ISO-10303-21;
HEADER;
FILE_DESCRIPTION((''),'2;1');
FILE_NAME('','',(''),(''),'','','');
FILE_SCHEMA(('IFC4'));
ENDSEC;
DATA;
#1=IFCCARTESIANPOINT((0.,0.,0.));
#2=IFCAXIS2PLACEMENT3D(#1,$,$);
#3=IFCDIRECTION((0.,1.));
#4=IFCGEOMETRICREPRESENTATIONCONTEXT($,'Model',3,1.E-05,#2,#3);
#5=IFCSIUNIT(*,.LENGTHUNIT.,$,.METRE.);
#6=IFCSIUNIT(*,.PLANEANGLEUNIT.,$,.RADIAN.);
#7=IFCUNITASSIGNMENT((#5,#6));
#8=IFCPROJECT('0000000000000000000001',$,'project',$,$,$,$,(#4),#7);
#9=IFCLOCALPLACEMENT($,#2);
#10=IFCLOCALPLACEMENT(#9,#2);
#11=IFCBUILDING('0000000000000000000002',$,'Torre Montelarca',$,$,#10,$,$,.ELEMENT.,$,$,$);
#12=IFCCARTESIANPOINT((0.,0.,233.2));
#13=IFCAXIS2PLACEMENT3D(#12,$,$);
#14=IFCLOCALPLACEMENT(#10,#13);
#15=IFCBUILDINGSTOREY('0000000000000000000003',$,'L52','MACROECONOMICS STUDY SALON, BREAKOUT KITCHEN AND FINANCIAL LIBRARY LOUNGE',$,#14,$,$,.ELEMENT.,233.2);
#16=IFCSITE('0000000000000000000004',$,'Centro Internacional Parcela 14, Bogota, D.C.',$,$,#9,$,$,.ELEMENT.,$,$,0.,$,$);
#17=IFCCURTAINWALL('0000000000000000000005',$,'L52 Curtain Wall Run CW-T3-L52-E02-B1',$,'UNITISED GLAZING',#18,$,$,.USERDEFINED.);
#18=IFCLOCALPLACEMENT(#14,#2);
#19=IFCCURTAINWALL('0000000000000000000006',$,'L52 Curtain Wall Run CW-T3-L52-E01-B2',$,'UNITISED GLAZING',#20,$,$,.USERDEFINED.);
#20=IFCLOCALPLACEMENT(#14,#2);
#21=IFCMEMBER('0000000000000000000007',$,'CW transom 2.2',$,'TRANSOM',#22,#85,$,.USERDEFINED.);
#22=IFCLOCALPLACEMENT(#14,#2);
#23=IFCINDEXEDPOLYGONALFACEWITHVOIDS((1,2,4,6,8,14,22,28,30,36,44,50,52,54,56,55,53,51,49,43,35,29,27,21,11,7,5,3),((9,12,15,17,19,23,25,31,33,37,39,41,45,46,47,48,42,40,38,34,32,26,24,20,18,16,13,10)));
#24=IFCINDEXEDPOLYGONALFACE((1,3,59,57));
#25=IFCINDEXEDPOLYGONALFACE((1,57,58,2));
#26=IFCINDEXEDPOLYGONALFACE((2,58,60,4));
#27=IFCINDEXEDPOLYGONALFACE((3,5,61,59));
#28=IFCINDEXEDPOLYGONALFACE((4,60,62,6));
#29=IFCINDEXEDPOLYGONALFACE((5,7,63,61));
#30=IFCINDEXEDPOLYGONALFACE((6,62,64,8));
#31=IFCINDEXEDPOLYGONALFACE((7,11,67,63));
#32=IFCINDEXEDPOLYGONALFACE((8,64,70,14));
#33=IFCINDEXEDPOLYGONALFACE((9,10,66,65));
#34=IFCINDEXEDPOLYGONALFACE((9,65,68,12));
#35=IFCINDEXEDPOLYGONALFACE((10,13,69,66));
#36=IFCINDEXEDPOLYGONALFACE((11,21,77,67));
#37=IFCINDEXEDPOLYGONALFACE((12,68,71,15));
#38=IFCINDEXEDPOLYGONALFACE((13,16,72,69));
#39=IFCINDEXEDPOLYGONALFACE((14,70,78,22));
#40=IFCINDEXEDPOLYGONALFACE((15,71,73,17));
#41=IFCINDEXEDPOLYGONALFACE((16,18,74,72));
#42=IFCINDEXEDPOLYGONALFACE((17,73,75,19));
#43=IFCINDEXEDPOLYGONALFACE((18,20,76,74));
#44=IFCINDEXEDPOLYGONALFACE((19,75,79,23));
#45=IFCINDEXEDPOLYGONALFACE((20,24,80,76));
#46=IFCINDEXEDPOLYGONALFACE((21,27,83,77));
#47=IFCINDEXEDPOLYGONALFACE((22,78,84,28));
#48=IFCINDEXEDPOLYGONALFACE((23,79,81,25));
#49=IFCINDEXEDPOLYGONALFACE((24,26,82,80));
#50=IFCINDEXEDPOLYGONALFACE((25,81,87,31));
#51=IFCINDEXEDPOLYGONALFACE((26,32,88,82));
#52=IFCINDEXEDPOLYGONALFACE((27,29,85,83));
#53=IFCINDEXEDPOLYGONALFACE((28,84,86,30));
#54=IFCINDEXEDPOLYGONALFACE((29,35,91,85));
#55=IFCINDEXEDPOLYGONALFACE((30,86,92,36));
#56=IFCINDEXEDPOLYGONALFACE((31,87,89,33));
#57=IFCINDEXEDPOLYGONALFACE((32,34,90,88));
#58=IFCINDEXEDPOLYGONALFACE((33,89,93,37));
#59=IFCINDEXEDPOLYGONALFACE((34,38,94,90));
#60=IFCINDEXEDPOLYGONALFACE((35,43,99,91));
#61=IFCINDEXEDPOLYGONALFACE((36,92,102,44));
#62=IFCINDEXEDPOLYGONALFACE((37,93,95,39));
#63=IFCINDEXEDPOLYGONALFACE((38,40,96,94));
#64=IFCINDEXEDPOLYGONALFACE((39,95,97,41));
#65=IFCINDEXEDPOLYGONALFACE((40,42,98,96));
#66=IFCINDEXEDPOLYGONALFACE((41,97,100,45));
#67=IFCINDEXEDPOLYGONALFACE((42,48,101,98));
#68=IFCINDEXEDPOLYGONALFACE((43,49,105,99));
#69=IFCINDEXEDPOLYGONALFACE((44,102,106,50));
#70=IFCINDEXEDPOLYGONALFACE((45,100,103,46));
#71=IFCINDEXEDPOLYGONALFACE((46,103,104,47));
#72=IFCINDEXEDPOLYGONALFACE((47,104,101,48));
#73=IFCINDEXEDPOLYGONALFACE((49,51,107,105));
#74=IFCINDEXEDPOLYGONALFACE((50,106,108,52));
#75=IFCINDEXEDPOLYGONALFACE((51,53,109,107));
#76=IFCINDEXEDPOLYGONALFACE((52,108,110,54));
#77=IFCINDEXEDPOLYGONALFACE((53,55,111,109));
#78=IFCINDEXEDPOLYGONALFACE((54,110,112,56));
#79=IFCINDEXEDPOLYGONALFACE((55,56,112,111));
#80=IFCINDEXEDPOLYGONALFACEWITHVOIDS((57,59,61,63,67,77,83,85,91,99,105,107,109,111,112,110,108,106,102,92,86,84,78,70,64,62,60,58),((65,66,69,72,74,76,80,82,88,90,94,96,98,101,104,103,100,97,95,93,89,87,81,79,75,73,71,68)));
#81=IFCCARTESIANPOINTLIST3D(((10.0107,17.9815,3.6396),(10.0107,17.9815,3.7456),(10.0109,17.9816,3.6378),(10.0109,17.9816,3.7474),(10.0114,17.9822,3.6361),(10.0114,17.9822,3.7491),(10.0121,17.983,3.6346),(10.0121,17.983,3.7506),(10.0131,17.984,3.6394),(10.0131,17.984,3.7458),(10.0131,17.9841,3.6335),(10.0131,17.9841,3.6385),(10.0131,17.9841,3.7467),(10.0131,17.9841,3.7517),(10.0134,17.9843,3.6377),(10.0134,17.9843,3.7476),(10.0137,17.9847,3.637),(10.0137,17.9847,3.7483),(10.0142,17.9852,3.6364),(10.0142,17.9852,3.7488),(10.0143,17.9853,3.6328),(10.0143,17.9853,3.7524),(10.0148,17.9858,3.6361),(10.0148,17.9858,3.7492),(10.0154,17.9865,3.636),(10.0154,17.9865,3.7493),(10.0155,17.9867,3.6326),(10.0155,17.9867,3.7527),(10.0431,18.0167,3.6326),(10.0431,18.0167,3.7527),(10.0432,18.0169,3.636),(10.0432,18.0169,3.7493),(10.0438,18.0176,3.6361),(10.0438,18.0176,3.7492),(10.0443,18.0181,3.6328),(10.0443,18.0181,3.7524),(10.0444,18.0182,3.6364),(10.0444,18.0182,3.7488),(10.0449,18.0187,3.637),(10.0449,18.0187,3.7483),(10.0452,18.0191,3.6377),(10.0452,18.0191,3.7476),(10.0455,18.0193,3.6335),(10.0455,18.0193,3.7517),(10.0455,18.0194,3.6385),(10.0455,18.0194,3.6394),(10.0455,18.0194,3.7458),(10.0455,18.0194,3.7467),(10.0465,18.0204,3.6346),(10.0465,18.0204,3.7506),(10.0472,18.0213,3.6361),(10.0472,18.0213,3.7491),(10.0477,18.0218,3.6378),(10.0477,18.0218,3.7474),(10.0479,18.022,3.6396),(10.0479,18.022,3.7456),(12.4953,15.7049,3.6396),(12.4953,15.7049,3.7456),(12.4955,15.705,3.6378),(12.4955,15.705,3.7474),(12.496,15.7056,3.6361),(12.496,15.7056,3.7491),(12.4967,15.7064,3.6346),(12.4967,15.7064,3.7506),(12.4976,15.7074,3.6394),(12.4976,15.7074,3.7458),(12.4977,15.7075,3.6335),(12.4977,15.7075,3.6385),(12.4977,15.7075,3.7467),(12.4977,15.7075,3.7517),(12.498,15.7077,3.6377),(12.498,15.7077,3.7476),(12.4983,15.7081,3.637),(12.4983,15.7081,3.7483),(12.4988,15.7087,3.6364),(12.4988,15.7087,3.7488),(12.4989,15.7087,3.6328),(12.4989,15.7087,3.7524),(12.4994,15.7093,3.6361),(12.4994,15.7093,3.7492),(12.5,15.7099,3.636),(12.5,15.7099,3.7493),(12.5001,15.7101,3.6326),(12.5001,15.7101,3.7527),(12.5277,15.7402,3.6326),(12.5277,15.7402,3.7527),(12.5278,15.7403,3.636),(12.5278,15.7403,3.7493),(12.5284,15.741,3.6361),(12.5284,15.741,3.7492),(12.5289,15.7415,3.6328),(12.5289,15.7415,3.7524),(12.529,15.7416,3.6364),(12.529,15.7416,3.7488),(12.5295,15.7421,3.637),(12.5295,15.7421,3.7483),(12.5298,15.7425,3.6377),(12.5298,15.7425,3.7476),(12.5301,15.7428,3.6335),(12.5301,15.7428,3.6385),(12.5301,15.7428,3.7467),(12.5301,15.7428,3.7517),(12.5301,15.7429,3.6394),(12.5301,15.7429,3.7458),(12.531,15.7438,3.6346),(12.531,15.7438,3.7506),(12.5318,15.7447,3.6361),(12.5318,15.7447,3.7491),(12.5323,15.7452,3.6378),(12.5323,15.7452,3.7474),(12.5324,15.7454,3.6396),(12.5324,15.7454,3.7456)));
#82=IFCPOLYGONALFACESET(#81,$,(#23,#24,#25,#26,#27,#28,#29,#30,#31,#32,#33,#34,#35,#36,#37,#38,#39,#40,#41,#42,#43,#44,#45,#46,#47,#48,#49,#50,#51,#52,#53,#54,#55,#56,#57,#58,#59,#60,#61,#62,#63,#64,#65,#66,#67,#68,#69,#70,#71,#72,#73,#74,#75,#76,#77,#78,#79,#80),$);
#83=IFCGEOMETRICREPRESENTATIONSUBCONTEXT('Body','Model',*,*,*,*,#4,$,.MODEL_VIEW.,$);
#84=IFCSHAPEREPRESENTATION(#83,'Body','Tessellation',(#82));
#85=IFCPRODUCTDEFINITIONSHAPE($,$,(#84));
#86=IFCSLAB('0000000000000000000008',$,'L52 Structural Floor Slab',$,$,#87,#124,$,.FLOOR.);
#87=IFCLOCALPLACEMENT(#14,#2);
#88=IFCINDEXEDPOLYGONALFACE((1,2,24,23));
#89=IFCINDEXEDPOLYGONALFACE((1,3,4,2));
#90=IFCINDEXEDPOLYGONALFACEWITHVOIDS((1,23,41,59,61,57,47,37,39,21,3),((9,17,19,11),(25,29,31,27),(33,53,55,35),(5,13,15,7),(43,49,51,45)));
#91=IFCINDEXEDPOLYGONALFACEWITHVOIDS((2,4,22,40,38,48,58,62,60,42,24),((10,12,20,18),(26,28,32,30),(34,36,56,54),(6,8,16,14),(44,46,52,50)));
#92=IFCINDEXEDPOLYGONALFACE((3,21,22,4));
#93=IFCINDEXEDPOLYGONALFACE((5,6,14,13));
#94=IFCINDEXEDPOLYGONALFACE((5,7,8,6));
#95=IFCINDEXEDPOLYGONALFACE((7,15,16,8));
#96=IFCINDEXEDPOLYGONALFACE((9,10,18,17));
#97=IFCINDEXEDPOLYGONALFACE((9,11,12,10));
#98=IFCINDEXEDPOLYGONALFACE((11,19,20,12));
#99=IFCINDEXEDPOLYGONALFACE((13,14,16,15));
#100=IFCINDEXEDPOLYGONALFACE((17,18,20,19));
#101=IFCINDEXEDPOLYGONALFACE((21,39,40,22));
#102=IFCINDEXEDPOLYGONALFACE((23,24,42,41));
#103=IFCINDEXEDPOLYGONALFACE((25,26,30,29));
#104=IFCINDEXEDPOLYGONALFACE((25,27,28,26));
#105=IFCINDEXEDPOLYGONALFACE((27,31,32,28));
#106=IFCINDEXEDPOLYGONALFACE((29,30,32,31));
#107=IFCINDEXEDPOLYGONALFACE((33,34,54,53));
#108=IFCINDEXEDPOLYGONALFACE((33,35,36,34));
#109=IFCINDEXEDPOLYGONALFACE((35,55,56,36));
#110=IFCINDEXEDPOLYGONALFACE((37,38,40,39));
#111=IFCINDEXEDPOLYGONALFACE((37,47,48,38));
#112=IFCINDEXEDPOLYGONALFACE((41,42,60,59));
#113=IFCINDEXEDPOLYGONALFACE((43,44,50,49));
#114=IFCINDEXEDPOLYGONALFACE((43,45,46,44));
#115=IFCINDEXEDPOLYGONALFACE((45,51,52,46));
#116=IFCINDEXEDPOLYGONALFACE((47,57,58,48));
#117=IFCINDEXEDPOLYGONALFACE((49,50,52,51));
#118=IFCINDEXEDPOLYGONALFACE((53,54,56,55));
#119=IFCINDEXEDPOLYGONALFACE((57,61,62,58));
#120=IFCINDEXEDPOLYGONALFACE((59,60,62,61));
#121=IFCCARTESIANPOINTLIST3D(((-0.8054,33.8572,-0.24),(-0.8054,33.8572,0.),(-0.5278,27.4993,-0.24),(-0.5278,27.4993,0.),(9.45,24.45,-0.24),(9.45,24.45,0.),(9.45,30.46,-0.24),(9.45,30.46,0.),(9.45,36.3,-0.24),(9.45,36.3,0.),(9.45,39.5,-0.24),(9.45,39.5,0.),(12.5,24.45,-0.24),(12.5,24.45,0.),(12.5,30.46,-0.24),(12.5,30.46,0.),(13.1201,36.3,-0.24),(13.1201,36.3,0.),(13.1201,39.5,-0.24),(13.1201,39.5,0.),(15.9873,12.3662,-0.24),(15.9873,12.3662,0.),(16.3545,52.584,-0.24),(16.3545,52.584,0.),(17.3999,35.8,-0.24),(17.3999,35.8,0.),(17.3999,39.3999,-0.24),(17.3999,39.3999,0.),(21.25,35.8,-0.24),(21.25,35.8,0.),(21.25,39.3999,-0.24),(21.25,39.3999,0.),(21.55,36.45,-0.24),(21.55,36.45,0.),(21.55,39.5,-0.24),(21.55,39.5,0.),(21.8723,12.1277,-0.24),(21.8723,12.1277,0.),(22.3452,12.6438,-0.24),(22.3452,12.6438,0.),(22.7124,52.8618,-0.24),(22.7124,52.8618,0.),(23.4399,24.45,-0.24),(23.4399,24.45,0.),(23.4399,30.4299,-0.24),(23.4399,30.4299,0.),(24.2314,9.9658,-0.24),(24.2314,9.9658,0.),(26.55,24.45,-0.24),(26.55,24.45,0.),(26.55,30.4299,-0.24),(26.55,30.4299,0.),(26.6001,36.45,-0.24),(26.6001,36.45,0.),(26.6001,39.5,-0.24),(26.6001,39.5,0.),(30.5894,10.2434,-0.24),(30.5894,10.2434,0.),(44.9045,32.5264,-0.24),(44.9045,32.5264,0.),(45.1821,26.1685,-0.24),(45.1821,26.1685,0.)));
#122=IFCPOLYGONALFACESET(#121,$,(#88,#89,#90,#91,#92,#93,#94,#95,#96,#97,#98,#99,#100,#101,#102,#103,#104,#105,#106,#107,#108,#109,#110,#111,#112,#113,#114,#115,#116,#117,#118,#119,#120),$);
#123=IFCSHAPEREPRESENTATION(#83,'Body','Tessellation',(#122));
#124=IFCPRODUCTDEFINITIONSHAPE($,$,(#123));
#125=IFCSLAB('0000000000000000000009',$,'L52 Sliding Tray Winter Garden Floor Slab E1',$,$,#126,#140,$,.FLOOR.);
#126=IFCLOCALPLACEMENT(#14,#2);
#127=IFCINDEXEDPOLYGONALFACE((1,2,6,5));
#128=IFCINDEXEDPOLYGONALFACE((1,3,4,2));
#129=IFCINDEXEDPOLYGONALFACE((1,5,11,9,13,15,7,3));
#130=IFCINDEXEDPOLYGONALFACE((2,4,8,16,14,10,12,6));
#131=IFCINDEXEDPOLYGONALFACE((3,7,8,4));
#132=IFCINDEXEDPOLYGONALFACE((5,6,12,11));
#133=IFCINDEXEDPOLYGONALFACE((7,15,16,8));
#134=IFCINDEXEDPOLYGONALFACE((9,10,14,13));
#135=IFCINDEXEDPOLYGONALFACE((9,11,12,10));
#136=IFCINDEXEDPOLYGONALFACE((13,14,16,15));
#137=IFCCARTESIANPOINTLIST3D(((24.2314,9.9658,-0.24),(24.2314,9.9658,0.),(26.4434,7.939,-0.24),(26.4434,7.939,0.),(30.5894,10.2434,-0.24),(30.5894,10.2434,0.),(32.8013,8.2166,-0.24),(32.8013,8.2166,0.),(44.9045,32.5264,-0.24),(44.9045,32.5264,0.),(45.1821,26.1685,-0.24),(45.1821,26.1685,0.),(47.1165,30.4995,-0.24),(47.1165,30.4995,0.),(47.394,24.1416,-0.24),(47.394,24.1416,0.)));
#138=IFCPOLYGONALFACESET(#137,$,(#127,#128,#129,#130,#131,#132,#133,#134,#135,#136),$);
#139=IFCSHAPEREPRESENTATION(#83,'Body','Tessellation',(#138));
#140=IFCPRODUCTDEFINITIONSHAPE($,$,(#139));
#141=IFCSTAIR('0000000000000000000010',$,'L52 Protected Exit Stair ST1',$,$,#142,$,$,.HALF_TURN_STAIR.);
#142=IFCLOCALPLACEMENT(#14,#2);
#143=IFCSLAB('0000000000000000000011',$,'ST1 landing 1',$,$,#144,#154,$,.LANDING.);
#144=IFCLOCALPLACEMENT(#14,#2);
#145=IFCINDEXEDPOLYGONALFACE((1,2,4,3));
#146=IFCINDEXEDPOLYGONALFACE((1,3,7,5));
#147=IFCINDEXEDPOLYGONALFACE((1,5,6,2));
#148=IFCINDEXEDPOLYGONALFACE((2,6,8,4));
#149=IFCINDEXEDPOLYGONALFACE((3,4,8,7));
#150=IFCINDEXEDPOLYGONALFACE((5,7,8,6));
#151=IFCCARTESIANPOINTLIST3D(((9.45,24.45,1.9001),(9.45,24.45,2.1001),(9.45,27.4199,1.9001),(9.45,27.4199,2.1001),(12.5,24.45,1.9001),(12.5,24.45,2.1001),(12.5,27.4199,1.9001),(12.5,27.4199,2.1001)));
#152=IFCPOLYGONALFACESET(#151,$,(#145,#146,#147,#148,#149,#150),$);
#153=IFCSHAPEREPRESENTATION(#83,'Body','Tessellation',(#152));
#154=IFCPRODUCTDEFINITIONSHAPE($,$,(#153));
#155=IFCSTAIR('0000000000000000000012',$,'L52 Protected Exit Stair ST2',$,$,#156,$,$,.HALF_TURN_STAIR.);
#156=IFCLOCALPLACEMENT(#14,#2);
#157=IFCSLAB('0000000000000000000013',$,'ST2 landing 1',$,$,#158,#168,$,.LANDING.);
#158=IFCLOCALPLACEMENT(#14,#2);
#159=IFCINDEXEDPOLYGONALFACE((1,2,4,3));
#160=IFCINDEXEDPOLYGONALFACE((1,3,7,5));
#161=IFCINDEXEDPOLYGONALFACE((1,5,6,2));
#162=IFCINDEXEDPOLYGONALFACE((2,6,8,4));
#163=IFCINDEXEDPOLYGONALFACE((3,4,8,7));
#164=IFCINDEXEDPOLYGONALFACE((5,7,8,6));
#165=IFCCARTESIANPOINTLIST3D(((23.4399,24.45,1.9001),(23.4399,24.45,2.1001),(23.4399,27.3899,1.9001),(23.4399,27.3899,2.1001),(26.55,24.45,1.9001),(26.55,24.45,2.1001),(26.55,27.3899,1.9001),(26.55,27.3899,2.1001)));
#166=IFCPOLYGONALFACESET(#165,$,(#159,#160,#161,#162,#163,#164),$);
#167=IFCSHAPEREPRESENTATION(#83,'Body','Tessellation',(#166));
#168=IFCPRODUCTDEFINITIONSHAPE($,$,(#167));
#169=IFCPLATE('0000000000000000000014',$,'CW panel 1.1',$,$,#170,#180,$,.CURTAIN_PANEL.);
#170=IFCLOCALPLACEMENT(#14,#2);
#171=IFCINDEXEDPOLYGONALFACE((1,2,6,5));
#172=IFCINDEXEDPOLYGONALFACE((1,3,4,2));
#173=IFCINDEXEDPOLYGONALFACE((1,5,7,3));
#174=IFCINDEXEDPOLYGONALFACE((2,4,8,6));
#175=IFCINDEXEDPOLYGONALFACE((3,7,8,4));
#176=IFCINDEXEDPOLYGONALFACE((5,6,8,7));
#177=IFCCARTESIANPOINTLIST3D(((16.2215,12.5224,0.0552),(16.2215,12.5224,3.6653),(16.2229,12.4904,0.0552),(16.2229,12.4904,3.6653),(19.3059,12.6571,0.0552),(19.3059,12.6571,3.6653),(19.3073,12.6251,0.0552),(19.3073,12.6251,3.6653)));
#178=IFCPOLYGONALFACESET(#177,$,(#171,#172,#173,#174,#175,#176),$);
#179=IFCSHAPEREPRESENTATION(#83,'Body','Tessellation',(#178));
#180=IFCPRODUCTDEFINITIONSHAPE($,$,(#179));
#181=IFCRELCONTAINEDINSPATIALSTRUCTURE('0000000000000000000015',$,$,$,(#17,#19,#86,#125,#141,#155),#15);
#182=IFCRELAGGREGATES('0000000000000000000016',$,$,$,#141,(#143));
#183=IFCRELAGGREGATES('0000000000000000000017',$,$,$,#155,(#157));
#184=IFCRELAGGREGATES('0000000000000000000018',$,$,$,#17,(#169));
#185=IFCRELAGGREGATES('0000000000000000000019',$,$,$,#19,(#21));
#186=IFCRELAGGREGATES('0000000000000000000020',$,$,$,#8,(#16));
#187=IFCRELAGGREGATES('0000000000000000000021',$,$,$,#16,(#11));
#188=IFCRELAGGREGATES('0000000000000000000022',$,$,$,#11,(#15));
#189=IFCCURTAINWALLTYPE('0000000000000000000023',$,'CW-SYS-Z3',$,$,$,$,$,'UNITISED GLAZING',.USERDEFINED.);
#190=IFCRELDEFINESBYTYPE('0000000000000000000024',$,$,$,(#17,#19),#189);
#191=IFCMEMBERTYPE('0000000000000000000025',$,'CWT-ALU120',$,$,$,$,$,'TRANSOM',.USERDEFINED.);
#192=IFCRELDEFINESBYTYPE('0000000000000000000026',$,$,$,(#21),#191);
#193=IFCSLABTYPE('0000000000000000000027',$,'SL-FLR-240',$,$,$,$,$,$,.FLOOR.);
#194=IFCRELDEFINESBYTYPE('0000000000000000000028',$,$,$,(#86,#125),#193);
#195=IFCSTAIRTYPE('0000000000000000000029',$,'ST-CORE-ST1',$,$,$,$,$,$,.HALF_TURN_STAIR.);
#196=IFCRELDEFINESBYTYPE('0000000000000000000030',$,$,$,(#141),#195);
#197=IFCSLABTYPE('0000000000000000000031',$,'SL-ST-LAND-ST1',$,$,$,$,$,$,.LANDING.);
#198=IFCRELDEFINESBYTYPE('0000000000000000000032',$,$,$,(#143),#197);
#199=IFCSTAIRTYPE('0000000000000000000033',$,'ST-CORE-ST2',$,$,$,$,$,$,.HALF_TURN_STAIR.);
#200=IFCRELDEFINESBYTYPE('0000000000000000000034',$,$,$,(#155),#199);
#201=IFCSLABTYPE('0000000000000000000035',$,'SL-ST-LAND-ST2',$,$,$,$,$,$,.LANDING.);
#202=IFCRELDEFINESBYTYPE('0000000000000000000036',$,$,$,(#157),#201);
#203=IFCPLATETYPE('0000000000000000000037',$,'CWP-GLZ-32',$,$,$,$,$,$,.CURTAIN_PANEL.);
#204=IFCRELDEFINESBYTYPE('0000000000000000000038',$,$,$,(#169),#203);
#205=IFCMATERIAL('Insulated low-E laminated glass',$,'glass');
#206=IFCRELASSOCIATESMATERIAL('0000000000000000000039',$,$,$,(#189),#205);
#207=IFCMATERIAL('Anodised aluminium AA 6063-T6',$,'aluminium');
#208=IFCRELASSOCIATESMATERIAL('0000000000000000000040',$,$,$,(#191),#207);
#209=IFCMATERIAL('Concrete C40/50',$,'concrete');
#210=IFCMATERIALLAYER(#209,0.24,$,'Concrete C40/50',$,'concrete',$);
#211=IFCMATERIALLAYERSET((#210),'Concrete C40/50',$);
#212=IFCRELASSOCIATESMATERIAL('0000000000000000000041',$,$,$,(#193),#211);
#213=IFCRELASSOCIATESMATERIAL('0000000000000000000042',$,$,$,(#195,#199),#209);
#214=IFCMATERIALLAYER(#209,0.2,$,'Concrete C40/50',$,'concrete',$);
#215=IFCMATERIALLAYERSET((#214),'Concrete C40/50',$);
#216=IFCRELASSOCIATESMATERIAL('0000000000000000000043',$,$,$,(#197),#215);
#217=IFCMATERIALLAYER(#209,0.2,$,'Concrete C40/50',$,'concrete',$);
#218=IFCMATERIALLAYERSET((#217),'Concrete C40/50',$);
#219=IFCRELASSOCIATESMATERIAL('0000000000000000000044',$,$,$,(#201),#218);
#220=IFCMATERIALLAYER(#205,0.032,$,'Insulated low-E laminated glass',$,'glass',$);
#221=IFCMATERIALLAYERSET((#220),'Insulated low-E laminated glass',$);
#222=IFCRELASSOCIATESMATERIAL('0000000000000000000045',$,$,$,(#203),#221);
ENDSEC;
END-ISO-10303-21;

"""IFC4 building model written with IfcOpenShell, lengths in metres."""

from ifc_helpers import new_model, si_unit, direction, frame, origin, origin_2d, place, context, subcontext, project, spatial, polyline, rectangle, hollow_rectangle, outline, extrude, source, transform, mapped, material, layer, layer_set, material_profile, profile_set, type_object, element, aggregate, save


model = new_model("IFC4")

# Units and contexts
model_context = context("Model", 3, precision=1e-05, world=origin(), true_north=direction((0.0, 1.0)))
body_context = subcontext(model_context, "Body", "Model", "MODEL_VIEW")
ifc_project = project(units=[si_unit("LENGTHUNIT", "METRE"), si_unit("PLANEANGLEUNIT", "RADIAN")], contexts=[model_context])

# Site, building, storey
site_placement = place(None, origin())
site = spatial("IfcSite", under=ifc_project, at=site_placement, Name="Centro Internacional Parcela 14, Bogota, D.C.", CompositionType="ELEMENT", RefElevation=0.0)
building_placement = place(site_placement, origin())
building = spatial("IfcBuilding", under=site, at=building_placement, Name="Torre Montelarca", CompositionType="ELEMENT")
storey_placement = place(building_placement, frame((0.0, 0.0, 233.2)))
storey = spatial("IfcBuildingStorey", under=building, at=storey_placement, Name="L52", Description="MACROECONOMICS STUDY SALON, BREAKOUT KITCHEN AND FINANCIAL LIBRARY LOUNGE", CompositionType="ELEMENT", Elevation=233.2)

# Curtain walls
ifc_material_1 = material(Name="Insulated low-E laminated glass", Category="glass")
curtain_wall_type = type_object("IfcCurtainWallType", Name="CW-SYS-Z3", ElementType="UNITISED GLAZING", PredefinedType="USERDEFINED", material=ifc_material_1)
curtain_wall_1_placement = place(storey_placement, origin())
curtain_wall_1 = element("IfcCurtainWall", 1, at=curtain_wall_1_placement, inside=storey, type_object=curtain_wall_type, Name="L52 Curtain Wall Run CW-T3-L52-E02-B1", ObjectType="UNITISED GLAZING", PredefinedType="USERDEFINED")
ifc_material_2 = material(Name="Anodised aluminium AA 6063-T6", Category="aluminium")
ifc_material_profile_1 = material_profile(ifc_material_2, hollow_rectangle(XDim=0.0549, YDim=0.1201, WallThickness=0.0034, InnerFilletRadius=0.0034, OuterFilletRadius=0.0071, at=origin_2d()), Name="ALU55X120X3.5", Category="aluminium")
ifc_profile_set_1 = profile_set([ifc_material_profile_1], Name="Anodised aluminium AA 6063-T6")
member_type_1 = type_object("IfcMemberType", Name="CWT-ALU120", ElementType="TRANSOM", PredefinedType="USERDEFINED", material=ifc_profile_set_1)
curtain_wall_2_placement = place(storey_placement, origin())
curtain_wall_2 = element("IfcCurtainWall", 2, at=curtain_wall_2_placement, inside=storey, type_object=curtain_wall_type, Name="L52 Curtain Wall Run CW-T3-L52-E01-B2", ObjectType="UNITISED GLAZING", PredefinedType="USERDEFINED")

# Member
shared_shape_1 = source(origin(), body_context, "Body", "SweptSolid", [
    extrude(hollow_rectangle(XDim=0.0549, YDim=0.1201, WallThickness=0.0034, InnerFilletRadius=0.0034, OuterFilletRadius=0.0071, at=origin_2d()), origin(), (0.0, 0.0, 1.0), 3.3699),
])
member_1_placement = place(storey_placement, frame((10.0293, 18.0017, 3.6926), z_axis=(0.737295, -0.67557, 0.0), x_axis=(0.67557, 0.737295, 0.0)))
member_1 = element("IfcMember", 3, at=member_1_placement, type_object=member_type_1, Name="CW transom 2.2", ObjectType="TRANSOM", PredefinedType="USERDEFINED", context=body_context, shape_type="MappedRepresentation", body=[
    mapped(shared_shape_1, transform((0.0, 0.0, 0.0), scale=1.0)),
])

# Slabs
ifc_material_3 = material(Name="Concrete C40/50", Category="concrete")
ifc_layer_1 = layer(ifc_material_3, 0.24, Name="Concrete C40/50", Category="concrete")
ifc_layer_set_1 = layer_set([ifc_layer_1], Name="Concrete C40/50")
slab_type_1 = type_object("IfcSlabType", Name="SL-FLR-240", PredefinedType="FLOOR", material=ifc_layer_set_1)
slab_1_placement = place(storey_placement, frame((0.0, 0.0, -0.24)))
element("IfcSlab", 4, at=slab_1_placement, inside=storey, type_object=slab_type_1, Name="L52 Structural Floor Slab", PredefinedType="FLOOR", context=body_context, shape_type="SweptSolid", body=[
    extrude(outline(polyline([(15.9873, 12.3662), (22.3452, 12.6438), (21.8723, 12.1277), (24.2314, 9.9658), (30.5894, 10.2434), (45.1821, 26.1685), (44.9045, 32.5264), (22.7124, 52.8618), (16.3545, 52.584), (-0.8054, 33.8572), (-0.5278, 27.4993), (15.9873, 12.3662)]), holes=[polyline([(26.55, 24.45), (23.4399, 24.45), (23.4399, 30.4299), (26.55, 30.4299), (26.55, 24.45)]), polyline([(12.5, 24.45), (9.45, 24.45), (9.45, 30.46), (12.5, 30.46), (12.5, 24.45)]), polyline([(21.25, 39.3999), (21.25, 35.8), (17.3999, 35.8), (17.3999, 39.3999), (21.25, 39.3999)]), polyline([(13.1201, 36.3), (9.45, 36.3), (9.45, 39.5), (13.1201, 39.5), (13.1201, 36.3)]), polyline([(26.6001, 36.45), (21.55, 36.45), (21.55, 39.5), (26.6001, 39.5), (26.6001, 36.45)])]), origin(), (0.0, 0.0, 1.0), 0.24),
])
slab_2_placement = place(storey_placement, frame((0.0, 0.0, -0.24)))
element("IfcSlab", 5, at=slab_2_placement, inside=storey, type_object=slab_type_1, Name="L52 Sliding Tray Winter Garden Floor Slab E1", PredefinedType="FLOOR", context=body_context, shape_type="SweptSolid", body=[
    extrude(outline(polyline([(44.9045, 32.5264), (45.1821, 26.1685), (30.5894, 10.2434), (24.2314, 9.9658), (26.4434, 7.939), (32.8013, 8.2166), (47.394, 24.1416), (47.1165, 30.4995), (44.9045, 32.5264)])), origin(), (0.0, 0.0, 1.0), 0.24),
])

# Stairs, slabs
stair_type_1 = type_object("IfcStairType", Name="ST-CORE-ST1", PredefinedType="HALF_TURN_STAIR", material=ifc_material_3)
stair_1_placement = place(storey_placement, origin())
stair_1 = element("IfcStair", 6, at=stair_1_placement, inside=storey, type_object=stair_type_1, Name="L52 Protected Exit Stair ST1", PredefinedType="HALF_TURN_STAIR")
ifc_layer_2 = layer(ifc_material_3, 0.2, Name="Concrete C40/50", Category="concrete")
ifc_layer_set_2 = layer_set([ifc_layer_2], Name="Concrete C40/50")
slab_type_2 = type_object("IfcSlabType", Name="SL-ST-LAND-ST1", PredefinedType="LANDING", material=ifc_layer_set_2)
slab_3_placement = place(storey_placement, frame((0.0, 0.0, 1.9001)))
slab_3 = element("IfcSlab", 7, at=slab_3_placement, type_object=slab_type_2, Name="ST1 landing 1", PredefinedType="LANDING", context=body_context, shape_type="SweptSolid", body=[
    extrude(outline(polyline([(9.45, 27.4199), (9.45, 24.45), (12.5, 24.45), (12.5, 27.4199), (9.45, 27.4199)])), origin(), (0.0, 0.0, 1.0), 0.2),
])
aggregate(stair_1, [slab_3])
stair_type_2 = type_object("IfcStairType", Name="ST-CORE-ST2", PredefinedType="HALF_TURN_STAIR", material=ifc_material_3)
stair_2_placement = place(storey_placement, origin())
stair_2 = element("IfcStair", 8, at=stair_2_placement, inside=storey, type_object=stair_type_2, Name="L52 Protected Exit Stair ST2", PredefinedType="HALF_TURN_STAIR")
ifc_layer_3 = layer(ifc_material_3, 0.2, Name="Concrete C40/50", Category="concrete")
ifc_layer_set_3 = layer_set([ifc_layer_3], Name="Concrete C40/50")
slab_type_3 = type_object("IfcSlabType", Name="SL-ST-LAND-ST2", PredefinedType="LANDING", material=ifc_layer_set_3)
slab_4_placement = place(storey_placement, frame((0.0, 0.0, 1.9001)))
slab_4 = element("IfcSlab", 9, at=slab_4_placement, type_object=slab_type_3, Name="ST2 landing 1", PredefinedType="LANDING", context=body_context, shape_type="SweptSolid", body=[
    extrude(outline(polyline([(23.4399, 27.3899), (23.4399, 24.45), (26.55, 24.45), (26.55, 27.3899), (23.4399, 27.3899)])), origin(), (0.0, 0.0, 1.0), 0.2),
])
aggregate(stair_2, [slab_4])

# Plate
ifc_layer_4 = layer(ifc_material_1, 0.032, Name="Insulated low-E laminated glass", Category="glass")
ifc_layer_set_4 = layer_set([ifc_layer_4], Name="Insulated low-E laminated glass")
plate_type = type_object("IfcPlateType", Name="CWP-GLZ-32", PredefinedType="CURTAIN_PANEL", material=ifc_layer_set_4)
shared_shape_2 = source(origin(), body_context, "Body", "SweptSolid", [
    extrude(rectangle(XDim=3.0874, YDim=0.032, at=origin_2d()), origin(), (0.0, 0.0, 1.0), 3.6101),
])
plate_1_placement = place(storey_placement, frame((17.7644, 12.5737, 0.0552), z_axis=(0.0, 0.0, 1.0), x_axis=(0.999048, 0.043625, 0.0)))
plate_1 = element("IfcPlate", 10, at=plate_1_placement, type_object=plate_type, Name="CW panel 1.1", PredefinedType="CURTAIN_PANEL", context=body_context, shape_type="MappedRepresentation", body=[
    mapped(shared_shape_2, transform((0.0, 0.0, 0.0), scale=1.0)),
])
aggregate(curtain_wall_1, [plate_1])
aggregate(curtain_wall_2, [member_1])

save(model, "model.ifc")
